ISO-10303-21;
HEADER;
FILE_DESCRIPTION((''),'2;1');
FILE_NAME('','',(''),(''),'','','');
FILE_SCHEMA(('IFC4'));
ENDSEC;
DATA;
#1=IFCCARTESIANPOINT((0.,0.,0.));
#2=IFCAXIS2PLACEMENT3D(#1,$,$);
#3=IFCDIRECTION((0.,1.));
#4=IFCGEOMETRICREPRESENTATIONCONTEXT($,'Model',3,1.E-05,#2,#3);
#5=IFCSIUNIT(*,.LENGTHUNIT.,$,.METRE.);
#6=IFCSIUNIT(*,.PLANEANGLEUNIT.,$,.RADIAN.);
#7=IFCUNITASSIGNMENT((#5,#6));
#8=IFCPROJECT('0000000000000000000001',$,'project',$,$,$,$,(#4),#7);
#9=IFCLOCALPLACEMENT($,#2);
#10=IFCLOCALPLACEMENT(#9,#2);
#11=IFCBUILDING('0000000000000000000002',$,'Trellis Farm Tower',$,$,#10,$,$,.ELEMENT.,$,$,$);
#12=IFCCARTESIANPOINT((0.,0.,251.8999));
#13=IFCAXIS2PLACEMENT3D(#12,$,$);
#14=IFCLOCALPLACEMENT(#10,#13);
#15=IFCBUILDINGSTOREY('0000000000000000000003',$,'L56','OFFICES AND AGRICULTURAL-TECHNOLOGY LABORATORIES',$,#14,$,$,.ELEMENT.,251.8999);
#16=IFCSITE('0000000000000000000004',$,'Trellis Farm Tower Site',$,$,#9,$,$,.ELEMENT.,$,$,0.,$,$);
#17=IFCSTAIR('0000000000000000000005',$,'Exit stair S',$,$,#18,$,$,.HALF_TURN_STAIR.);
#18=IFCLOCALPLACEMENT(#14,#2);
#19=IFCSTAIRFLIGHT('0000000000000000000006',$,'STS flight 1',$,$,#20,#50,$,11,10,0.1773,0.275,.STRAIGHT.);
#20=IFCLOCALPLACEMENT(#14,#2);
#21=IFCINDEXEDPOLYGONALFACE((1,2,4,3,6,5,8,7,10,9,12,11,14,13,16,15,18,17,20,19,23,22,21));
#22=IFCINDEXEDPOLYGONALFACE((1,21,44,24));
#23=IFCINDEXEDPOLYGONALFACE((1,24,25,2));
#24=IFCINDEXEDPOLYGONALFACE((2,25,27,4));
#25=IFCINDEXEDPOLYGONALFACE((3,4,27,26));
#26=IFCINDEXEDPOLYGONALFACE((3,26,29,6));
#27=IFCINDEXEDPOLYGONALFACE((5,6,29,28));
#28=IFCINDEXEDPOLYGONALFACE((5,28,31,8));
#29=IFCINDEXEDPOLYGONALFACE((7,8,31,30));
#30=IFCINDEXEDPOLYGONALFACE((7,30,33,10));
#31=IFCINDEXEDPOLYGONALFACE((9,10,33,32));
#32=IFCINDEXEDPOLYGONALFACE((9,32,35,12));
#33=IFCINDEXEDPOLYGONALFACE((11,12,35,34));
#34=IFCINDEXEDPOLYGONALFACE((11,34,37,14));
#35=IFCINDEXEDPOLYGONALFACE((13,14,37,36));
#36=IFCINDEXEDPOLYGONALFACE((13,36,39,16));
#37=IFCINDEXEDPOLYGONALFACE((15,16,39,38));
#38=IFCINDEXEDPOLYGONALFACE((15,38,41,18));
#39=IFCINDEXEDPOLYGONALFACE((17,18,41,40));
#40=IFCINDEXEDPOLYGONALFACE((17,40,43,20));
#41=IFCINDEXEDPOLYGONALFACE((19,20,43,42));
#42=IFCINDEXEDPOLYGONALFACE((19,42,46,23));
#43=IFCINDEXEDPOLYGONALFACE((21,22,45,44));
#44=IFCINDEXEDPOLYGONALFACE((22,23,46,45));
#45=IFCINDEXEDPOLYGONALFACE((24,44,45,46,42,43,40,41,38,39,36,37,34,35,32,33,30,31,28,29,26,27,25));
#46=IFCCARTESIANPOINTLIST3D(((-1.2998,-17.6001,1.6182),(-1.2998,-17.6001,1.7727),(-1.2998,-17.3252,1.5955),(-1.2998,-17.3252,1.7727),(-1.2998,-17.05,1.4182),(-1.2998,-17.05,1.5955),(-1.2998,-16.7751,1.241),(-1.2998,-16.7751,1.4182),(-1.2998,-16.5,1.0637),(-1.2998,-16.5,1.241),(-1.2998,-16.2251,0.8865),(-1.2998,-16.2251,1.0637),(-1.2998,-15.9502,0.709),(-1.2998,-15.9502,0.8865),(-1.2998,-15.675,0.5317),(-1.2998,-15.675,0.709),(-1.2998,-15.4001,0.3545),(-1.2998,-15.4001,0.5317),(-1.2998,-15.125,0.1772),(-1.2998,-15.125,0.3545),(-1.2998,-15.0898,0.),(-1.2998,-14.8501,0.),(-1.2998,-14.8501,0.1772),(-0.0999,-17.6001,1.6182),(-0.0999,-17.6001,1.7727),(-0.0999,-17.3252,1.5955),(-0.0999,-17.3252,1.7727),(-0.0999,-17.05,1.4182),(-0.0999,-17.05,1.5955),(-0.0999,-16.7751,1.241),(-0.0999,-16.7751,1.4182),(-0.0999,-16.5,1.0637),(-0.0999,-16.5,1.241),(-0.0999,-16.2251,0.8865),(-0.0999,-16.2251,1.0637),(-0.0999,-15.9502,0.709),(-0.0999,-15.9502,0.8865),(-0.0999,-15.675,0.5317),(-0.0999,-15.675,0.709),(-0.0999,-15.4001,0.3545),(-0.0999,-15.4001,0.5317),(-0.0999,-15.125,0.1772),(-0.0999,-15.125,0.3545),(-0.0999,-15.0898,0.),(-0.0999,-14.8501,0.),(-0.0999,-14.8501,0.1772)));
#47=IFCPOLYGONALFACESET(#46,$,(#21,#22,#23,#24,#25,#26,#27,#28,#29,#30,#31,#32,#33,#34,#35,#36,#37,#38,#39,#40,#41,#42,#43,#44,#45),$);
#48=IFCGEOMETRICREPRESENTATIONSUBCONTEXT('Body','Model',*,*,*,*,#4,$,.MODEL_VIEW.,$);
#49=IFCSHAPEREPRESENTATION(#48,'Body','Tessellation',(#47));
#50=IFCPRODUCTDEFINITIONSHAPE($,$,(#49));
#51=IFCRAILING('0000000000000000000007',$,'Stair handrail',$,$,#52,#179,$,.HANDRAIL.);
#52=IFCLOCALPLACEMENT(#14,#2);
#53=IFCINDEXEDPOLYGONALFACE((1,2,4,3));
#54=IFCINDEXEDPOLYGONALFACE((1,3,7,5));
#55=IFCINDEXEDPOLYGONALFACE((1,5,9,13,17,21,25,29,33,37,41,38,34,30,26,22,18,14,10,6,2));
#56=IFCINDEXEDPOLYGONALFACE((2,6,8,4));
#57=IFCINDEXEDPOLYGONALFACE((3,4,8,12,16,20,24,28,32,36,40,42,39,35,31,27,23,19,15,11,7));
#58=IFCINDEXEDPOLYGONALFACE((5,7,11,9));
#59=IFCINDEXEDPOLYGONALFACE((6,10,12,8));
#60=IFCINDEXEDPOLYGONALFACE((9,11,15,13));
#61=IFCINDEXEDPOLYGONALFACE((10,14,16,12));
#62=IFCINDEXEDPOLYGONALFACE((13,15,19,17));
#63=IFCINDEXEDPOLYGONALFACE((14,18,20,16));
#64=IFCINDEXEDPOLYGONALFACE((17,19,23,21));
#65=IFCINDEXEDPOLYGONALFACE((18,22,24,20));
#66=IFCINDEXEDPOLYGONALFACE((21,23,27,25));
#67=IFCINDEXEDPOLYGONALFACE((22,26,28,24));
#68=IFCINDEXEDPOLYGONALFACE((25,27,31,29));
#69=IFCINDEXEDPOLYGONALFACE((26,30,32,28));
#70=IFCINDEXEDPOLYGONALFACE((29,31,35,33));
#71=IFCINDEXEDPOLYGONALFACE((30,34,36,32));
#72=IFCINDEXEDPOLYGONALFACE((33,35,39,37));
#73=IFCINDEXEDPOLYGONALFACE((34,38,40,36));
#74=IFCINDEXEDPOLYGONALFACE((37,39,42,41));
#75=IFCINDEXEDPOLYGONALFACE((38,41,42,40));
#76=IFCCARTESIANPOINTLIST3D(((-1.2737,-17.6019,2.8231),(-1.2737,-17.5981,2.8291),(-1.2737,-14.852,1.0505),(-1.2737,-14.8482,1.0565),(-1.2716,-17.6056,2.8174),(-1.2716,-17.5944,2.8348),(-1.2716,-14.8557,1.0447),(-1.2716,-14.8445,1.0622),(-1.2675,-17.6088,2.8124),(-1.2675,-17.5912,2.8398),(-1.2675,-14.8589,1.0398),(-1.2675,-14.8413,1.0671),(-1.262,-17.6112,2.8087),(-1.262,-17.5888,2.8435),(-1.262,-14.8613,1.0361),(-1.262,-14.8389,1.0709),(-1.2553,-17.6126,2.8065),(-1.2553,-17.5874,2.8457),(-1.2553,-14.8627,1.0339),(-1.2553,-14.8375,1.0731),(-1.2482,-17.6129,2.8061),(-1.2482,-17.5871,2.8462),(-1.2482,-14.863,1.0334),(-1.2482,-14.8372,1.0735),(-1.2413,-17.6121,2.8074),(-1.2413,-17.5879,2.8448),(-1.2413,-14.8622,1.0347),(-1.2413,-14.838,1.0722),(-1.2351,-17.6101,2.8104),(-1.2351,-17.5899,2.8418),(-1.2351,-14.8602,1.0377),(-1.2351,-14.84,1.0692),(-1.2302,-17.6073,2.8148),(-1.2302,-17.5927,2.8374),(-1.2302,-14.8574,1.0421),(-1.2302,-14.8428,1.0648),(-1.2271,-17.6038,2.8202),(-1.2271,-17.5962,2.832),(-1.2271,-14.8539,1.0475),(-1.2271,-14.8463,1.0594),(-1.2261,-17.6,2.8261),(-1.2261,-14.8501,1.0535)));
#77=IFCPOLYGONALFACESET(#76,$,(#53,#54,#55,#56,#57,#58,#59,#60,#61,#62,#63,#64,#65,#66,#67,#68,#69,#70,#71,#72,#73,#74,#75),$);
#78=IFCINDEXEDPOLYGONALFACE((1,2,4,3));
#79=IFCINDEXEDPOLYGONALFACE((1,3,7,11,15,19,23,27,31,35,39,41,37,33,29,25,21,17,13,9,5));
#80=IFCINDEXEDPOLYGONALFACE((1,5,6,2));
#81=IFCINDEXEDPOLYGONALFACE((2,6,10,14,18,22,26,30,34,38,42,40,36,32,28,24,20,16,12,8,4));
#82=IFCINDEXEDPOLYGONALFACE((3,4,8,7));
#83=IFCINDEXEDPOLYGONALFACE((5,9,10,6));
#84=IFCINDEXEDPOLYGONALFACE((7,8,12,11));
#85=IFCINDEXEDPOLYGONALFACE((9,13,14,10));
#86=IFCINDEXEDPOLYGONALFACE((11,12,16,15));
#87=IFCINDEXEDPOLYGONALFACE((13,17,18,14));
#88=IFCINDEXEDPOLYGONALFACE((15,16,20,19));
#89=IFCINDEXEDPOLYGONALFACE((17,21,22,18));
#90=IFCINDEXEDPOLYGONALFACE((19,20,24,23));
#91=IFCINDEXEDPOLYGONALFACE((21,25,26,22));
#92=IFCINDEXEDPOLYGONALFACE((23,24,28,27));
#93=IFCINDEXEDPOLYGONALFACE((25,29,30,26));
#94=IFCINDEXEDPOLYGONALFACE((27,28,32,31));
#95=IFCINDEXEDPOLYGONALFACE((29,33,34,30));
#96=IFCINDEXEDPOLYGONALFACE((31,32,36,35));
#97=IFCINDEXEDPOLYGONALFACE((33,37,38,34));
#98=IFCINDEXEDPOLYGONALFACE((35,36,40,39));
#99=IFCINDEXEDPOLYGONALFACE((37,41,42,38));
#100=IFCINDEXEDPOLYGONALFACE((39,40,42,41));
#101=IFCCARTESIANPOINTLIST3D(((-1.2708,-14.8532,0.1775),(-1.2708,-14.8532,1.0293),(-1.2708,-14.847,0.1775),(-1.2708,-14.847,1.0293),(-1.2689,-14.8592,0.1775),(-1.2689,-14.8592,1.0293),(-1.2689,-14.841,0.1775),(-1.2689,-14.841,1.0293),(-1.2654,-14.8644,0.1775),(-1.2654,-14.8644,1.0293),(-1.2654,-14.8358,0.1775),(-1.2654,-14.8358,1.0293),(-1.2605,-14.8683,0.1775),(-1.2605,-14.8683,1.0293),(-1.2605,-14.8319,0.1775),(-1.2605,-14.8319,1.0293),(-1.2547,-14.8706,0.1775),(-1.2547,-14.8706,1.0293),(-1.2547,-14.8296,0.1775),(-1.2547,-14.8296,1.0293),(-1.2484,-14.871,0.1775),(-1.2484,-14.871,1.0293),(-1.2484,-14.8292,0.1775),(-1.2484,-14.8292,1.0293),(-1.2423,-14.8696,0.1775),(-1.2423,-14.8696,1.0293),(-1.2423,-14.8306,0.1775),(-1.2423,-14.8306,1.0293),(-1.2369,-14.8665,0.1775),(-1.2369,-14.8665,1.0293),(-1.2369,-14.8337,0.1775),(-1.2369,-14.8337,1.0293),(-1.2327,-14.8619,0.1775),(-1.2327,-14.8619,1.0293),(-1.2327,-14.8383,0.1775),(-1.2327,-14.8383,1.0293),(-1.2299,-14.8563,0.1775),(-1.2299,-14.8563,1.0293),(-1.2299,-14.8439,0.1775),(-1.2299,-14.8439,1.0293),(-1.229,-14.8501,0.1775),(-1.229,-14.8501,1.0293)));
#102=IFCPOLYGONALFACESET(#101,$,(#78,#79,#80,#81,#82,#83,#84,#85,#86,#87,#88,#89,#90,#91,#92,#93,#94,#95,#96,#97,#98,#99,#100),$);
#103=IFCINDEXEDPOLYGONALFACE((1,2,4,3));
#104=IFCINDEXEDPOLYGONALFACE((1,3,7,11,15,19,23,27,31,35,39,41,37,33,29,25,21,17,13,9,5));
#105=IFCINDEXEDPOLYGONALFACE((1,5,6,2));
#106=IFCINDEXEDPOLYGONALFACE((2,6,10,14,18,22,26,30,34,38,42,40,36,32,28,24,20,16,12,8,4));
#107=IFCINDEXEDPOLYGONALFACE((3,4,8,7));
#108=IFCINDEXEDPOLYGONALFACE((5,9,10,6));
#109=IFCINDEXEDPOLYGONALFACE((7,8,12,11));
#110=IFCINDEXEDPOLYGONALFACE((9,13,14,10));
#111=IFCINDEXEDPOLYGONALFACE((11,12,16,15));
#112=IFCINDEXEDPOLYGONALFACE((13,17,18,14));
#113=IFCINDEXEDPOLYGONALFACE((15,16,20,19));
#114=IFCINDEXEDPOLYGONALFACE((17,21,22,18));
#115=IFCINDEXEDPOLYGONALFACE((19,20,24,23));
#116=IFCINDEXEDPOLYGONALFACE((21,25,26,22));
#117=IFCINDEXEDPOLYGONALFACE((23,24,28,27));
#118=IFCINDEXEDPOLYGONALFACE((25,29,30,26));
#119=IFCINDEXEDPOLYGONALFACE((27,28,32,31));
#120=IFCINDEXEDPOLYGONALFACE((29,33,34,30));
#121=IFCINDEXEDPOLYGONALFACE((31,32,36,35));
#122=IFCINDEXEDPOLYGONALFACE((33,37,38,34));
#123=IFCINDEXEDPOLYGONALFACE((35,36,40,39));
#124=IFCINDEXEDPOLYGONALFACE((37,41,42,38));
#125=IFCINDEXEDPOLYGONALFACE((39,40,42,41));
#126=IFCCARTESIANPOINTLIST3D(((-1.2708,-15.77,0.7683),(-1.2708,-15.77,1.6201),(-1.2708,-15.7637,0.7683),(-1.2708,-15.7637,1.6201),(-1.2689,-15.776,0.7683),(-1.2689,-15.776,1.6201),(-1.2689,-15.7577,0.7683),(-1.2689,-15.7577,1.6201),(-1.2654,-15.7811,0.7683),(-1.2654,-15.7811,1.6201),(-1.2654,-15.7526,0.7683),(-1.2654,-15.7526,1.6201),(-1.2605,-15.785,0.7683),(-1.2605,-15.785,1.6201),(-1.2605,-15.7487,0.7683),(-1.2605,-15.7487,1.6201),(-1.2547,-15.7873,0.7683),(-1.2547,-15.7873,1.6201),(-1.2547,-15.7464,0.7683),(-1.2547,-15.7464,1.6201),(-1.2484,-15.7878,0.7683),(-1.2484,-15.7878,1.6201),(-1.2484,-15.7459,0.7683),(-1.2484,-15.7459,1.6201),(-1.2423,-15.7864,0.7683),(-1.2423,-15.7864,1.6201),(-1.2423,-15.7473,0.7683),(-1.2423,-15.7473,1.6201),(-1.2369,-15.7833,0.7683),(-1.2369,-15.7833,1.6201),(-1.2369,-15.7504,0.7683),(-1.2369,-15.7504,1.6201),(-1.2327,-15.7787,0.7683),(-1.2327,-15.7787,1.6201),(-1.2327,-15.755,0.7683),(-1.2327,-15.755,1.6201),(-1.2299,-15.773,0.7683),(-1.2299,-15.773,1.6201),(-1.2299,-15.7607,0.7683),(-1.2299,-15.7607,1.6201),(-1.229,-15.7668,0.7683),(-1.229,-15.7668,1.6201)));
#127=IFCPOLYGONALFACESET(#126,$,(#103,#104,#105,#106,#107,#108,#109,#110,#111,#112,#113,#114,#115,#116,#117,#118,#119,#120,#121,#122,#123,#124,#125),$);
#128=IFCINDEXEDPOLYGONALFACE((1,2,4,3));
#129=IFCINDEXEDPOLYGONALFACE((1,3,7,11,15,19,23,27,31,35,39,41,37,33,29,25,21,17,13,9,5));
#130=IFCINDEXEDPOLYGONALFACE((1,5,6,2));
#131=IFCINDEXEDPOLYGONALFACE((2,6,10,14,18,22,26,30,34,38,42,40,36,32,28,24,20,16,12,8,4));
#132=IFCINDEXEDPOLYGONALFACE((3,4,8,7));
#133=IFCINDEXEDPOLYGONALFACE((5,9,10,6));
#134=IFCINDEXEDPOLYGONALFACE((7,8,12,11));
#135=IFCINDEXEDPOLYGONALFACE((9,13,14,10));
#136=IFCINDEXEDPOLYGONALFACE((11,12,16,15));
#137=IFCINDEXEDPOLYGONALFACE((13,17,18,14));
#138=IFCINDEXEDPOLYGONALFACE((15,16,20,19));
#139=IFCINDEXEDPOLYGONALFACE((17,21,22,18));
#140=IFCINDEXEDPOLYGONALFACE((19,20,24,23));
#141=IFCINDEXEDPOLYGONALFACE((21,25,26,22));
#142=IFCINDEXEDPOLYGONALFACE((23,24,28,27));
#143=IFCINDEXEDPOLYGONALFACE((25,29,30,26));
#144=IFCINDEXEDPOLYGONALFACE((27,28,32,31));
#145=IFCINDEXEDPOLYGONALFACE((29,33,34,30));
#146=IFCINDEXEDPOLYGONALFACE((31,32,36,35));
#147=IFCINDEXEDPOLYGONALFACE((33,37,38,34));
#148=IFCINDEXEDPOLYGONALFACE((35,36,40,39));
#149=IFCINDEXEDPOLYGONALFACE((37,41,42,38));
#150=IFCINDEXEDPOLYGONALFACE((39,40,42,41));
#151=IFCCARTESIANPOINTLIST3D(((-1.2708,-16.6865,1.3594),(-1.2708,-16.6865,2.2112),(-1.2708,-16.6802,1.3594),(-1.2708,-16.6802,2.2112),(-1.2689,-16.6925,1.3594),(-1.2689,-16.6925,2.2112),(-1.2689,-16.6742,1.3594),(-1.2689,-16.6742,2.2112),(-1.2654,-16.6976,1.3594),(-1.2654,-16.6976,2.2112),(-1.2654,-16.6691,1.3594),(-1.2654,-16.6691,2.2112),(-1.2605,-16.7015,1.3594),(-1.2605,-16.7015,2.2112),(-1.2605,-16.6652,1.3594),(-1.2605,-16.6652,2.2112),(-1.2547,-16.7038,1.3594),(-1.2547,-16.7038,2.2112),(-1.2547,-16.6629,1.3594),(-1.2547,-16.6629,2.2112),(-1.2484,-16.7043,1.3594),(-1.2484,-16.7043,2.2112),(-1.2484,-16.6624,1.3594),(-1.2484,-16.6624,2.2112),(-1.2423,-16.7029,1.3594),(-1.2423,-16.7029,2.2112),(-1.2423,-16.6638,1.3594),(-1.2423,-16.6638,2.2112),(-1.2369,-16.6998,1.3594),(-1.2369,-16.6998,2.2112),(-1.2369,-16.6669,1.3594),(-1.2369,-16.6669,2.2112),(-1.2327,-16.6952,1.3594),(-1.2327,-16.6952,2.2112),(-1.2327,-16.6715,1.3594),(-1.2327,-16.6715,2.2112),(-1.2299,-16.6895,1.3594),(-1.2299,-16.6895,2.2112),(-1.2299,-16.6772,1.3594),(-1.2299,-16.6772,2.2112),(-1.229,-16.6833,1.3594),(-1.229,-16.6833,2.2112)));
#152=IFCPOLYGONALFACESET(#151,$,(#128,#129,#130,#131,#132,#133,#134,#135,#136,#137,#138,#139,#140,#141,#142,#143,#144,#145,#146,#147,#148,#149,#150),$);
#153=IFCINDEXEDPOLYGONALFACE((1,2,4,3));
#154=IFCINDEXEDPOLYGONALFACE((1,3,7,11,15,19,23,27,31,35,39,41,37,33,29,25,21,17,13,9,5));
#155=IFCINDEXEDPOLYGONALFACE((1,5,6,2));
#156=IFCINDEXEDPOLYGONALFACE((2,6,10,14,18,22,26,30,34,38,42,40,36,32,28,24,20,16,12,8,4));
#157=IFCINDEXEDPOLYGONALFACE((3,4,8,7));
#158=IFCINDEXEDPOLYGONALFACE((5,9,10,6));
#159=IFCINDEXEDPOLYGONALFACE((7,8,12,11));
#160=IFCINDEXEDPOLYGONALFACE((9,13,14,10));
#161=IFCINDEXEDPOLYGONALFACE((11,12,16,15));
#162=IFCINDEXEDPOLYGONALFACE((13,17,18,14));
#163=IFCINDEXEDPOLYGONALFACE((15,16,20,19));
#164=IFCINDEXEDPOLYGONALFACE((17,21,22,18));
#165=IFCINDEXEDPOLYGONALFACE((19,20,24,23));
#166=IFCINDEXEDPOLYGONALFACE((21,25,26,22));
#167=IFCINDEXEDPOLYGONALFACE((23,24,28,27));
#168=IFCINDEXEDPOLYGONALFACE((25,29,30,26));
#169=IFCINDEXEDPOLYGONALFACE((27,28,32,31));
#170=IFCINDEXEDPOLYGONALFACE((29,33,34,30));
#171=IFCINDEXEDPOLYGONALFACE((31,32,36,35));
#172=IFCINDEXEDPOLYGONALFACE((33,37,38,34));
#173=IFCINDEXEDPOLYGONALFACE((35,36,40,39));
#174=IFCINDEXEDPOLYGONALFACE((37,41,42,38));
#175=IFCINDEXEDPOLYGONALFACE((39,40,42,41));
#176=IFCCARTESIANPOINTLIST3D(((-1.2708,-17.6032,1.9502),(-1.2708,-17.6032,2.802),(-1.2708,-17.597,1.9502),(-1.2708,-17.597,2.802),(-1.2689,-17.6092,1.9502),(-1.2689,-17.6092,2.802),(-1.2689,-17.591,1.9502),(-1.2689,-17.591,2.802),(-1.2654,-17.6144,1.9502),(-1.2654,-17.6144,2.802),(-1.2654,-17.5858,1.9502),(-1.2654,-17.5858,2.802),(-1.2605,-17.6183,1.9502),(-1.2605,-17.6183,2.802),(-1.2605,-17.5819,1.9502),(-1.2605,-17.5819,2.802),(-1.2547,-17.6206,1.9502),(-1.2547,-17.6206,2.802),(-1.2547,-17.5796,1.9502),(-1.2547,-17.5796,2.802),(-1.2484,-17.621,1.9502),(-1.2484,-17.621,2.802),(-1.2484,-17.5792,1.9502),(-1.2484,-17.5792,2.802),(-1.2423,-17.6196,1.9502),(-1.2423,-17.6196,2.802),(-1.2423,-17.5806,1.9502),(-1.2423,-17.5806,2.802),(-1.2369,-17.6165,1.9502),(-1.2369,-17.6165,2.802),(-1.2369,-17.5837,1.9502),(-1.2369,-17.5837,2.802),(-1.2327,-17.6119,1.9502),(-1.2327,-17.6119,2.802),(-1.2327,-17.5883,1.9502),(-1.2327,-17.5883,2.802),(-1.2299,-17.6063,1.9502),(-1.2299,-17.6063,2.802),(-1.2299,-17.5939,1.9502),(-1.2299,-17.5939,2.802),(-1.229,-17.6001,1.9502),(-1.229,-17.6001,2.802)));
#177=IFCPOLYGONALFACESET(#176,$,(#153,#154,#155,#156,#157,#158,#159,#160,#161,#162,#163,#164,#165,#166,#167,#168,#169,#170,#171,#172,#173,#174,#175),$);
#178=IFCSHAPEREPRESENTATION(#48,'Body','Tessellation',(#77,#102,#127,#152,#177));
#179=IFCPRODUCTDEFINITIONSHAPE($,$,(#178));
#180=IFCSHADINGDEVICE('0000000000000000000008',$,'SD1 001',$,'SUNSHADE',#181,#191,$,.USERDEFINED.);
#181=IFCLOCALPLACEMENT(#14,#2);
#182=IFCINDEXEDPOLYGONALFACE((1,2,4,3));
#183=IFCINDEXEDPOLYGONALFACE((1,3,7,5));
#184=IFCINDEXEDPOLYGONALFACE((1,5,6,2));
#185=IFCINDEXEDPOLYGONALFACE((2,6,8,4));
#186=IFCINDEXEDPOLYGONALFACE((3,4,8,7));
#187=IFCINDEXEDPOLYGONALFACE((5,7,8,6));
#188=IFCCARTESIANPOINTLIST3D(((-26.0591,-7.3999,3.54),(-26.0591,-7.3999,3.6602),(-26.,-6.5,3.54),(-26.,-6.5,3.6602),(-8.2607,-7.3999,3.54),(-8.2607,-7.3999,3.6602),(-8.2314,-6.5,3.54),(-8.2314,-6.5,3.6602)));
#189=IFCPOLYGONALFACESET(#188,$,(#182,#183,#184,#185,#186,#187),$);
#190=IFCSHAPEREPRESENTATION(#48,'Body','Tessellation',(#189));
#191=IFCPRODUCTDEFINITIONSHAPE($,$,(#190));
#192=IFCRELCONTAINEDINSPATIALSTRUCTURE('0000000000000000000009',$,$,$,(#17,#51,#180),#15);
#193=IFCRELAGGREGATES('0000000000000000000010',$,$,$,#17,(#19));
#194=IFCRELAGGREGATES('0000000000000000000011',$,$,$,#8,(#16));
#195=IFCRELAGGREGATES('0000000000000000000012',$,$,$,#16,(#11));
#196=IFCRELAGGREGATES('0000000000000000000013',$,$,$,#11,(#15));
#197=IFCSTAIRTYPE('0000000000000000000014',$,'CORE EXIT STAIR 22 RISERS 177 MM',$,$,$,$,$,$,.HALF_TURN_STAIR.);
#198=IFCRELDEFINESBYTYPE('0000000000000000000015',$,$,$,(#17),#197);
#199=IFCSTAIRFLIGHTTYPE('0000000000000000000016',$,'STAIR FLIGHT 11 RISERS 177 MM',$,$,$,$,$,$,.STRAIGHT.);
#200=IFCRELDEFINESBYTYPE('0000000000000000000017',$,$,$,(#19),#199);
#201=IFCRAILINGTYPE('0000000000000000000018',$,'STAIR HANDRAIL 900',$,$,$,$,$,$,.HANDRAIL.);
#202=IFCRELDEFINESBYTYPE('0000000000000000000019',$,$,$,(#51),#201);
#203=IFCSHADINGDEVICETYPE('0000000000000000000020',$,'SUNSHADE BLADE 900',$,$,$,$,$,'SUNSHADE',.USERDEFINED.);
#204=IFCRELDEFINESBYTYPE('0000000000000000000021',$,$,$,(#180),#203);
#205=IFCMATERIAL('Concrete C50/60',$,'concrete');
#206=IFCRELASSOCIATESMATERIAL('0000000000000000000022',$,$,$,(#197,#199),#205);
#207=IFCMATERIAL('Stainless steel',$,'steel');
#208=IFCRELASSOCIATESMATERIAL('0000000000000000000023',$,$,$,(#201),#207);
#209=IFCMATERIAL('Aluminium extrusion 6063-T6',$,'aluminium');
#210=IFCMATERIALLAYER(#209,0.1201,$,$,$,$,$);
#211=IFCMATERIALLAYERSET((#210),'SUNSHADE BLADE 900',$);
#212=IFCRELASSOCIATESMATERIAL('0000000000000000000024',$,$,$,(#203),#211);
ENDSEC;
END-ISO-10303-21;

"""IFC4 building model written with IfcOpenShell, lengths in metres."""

from ifc_helpers import new_model, si_unit, direction, frame, origin, origin_2d, place, context, subcontext, project, spatial, polyline, circle, outline, extrude, source, transform, mapped, material, layer, layer_set, type_object, element, aggregate, save


model = new_model("IFC4")

# Units and contexts
model_context = context("Model", 3, precision=1e-05, world=origin(), true_north=direction((0.0, 1.0)))
body_context = subcontext(model_context, "Body", "Model", "MODEL_VIEW")
ifc_project = project(units=[si_unit("LENGTHUNIT", "METRE"), si_unit("PLANEANGLEUNIT", "RADIAN")], contexts=[model_context])

# Site, building, storey
site_placement = place(None, origin())
site = spatial("IfcSite", under=ifc_project, at=site_placement, Name="Trellis Farm Tower Site", CompositionType="ELEMENT", RefElevation=0.0)
building_placement = place(site_placement, origin())
building = spatial("IfcBuilding", under=site, at=building_placement, Name="Trellis Farm Tower", CompositionType="ELEMENT")
storey_placement = place(building_placement, frame((0.0, 0.0, 251.8999)))
storey = spatial("IfcBuildingStorey", under=building, at=storey_placement, Name="L56", Description="OFFICES AND AGRICULTURAL-TECHNOLOGY LABORATORIES", CompositionType="ELEMENT", Elevation=251.8999)

# Shared definitions
placement_1 = place(storey_placement, origin())
ifc_material_1 = material(Name="Aluminium extrusion 6063-T6", Category="aluminium")

# Stair
ifc_material_2 = material(Name="Concrete C50/60", Category="concrete")
stair_type = type_object("IfcStairType", Name="CORE EXIT STAIR 22 RISERS 177 MM", PredefinedType="HALF_TURN_STAIR", material=ifc_material_2)
stair_1 = element("IfcStair", 1, at=placement_1, inside=storey, type_object=stair_type, Name="Exit stair S", PredefinedType="HALF_TURN_STAIR")

# Stair flight
stair_flight_type = type_object("IfcStairFlightType", Name="STAIR FLIGHT 11 RISERS 177 MM", PredefinedType="STRAIGHT", material=ifc_material_2)
shared_shape_1 = source(origin(), body_context, "Body", "SweptSolid", [
    extrude(outline(polyline([(0.0, 0.0), (0.0, 0.1772), (0.2749, 0.1772), (0.2749, 0.3545), (0.55, 0.3545), (0.55, 0.5317), (0.825, 0.5317), (0.825, 0.709), (1.1001, 0.709), (1.1001, 0.8865), (1.375, 0.8865), (1.375, 1.0637), (1.6499, 1.0637), (1.6499, 1.241), (1.925, 1.241), (1.925, 1.4182), (2.2, 1.4182), (2.2, 1.5955), (2.4751, 1.5955), (2.4751, 1.7727), (2.75, 1.7727), (2.75, 1.95), (2.75, 1.6182), (0.2397, 0.0), (0.0, 0.0)])), frame((0.0, 0.6001, 0.0), z_axis=(0.0, -1.0, 0.0), x_axis=(1.0, 0.0, 0.0)), (0.0, 0.0, 1.0), 1.2),
])
stair_flight_placement = place(storey_placement, frame((-0.7, -14.8501, 0.0), z_axis=(0.0, 0.0, 1.0), x_axis=(0.0, -1.0, 0.0)))
stair_flight = element("IfcStairFlight", 2, at=stair_flight_placement, type_object=stair_flight_type, Name="STS flight 1", NumberOfRisers=11, NumberOfTreads=10, PredefinedType="STRAIGHT", RiserHeight=0.1773, TreadLength=0.275, context=body_context, shape_type="MappedRepresentation", body=[
    mapped(shared_shape_1, transform((0.0, 0.0, 0.0))),
])
aggregate(stair_1, [stair_flight])

# Railing
ifc_material_3 = material(Name="Stainless steel", Category="steel")
railing_type = type_object("IfcRailingType", Name="STAIR HANDRAIL 900", PredefinedType="HANDRAIL", material=ifc_material_3)
shared_shape_2 = source(origin(), body_context, "Body", "SweptSolid", [
    extrude(circle(Radius=0.0239, at=origin_2d()), frame((0.0, 0.0, 0.876), z_axis=(0.0, -0.840504, 0.541806), x_axis=(1.0, 0.0, 0.0)), (0.0, 0.0, 1.0), 3.2717),
    extrude(circle(Radius=0.021, at=origin_2d()), origin(), (0.0, 0.0, 1.0), 0.8518),
    extrude(circle(Radius=0.021, at=origin_2d()), frame((0.0, -0.9167, 0.5908)), (0.0, 0.0, 1.0), 0.8518),
    extrude(circle(Radius=0.021, at=origin_2d()), frame((0.0, -1.8333, 1.1819)), (0.0, 0.0, 1.0), 0.8518),
    extrude(circle(Radius=0.021, at=origin_2d()), frame((0.0, -2.75, 1.7727)), (0.0, 0.0, 1.0), 0.8518),
])
railing_placement = place(storey_placement, frame((-1.25, -14.8501, 0.1775)))
element("IfcRailing", 3, at=railing_placement, inside=storey, type_object=railing_type, Name="Stair handrail", PredefinedType="HANDRAIL", context=body_context, shape_type="MappedRepresentation", body=[
    mapped(shared_shape_2, transform((0.0, 0.0, 0.0))),
])

# Shading device
ifc_layer_1 = layer(ifc_material_1, 0.1201)
ifc_layer_set_1 = layer_set([ifc_layer_1], Name="SUNSHADE BLADE 900")
shading_device_type = type_object("IfcShadingDeviceType", Name="SUNSHADE BLADE 900", ElementType="SUNSHADE", PredefinedType="USERDEFINED", material=ifc_layer_set_1)
shared_shape_3 = source(origin(), body_context, "Body", "SweptSolid", [
    extrude(outline(polyline([(-26.0591, -7.3999), (-8.2607, -7.3999), (-8.2314, -6.5), (-26.0, -6.5), (-26.0591, -7.3999)])), origin(), (0.0, 0.0, 1.0), 0.1201),
])
shading_device_placement = place(storey_placement, frame((0.0, 0.0, 3.54)))
element("IfcShadingDevice", 4, at=shading_device_placement, inside=storey, type_object=shading_device_type, Name="SD1 001", ObjectType="SUNSHADE", PredefinedType="USERDEFINED", context=body_context, shape_type="MappedRepresentation", body=[
    mapped(shared_shape_3, transform((0.0, 0.0, 0.0))),
])

save(model, "model.ifc")
